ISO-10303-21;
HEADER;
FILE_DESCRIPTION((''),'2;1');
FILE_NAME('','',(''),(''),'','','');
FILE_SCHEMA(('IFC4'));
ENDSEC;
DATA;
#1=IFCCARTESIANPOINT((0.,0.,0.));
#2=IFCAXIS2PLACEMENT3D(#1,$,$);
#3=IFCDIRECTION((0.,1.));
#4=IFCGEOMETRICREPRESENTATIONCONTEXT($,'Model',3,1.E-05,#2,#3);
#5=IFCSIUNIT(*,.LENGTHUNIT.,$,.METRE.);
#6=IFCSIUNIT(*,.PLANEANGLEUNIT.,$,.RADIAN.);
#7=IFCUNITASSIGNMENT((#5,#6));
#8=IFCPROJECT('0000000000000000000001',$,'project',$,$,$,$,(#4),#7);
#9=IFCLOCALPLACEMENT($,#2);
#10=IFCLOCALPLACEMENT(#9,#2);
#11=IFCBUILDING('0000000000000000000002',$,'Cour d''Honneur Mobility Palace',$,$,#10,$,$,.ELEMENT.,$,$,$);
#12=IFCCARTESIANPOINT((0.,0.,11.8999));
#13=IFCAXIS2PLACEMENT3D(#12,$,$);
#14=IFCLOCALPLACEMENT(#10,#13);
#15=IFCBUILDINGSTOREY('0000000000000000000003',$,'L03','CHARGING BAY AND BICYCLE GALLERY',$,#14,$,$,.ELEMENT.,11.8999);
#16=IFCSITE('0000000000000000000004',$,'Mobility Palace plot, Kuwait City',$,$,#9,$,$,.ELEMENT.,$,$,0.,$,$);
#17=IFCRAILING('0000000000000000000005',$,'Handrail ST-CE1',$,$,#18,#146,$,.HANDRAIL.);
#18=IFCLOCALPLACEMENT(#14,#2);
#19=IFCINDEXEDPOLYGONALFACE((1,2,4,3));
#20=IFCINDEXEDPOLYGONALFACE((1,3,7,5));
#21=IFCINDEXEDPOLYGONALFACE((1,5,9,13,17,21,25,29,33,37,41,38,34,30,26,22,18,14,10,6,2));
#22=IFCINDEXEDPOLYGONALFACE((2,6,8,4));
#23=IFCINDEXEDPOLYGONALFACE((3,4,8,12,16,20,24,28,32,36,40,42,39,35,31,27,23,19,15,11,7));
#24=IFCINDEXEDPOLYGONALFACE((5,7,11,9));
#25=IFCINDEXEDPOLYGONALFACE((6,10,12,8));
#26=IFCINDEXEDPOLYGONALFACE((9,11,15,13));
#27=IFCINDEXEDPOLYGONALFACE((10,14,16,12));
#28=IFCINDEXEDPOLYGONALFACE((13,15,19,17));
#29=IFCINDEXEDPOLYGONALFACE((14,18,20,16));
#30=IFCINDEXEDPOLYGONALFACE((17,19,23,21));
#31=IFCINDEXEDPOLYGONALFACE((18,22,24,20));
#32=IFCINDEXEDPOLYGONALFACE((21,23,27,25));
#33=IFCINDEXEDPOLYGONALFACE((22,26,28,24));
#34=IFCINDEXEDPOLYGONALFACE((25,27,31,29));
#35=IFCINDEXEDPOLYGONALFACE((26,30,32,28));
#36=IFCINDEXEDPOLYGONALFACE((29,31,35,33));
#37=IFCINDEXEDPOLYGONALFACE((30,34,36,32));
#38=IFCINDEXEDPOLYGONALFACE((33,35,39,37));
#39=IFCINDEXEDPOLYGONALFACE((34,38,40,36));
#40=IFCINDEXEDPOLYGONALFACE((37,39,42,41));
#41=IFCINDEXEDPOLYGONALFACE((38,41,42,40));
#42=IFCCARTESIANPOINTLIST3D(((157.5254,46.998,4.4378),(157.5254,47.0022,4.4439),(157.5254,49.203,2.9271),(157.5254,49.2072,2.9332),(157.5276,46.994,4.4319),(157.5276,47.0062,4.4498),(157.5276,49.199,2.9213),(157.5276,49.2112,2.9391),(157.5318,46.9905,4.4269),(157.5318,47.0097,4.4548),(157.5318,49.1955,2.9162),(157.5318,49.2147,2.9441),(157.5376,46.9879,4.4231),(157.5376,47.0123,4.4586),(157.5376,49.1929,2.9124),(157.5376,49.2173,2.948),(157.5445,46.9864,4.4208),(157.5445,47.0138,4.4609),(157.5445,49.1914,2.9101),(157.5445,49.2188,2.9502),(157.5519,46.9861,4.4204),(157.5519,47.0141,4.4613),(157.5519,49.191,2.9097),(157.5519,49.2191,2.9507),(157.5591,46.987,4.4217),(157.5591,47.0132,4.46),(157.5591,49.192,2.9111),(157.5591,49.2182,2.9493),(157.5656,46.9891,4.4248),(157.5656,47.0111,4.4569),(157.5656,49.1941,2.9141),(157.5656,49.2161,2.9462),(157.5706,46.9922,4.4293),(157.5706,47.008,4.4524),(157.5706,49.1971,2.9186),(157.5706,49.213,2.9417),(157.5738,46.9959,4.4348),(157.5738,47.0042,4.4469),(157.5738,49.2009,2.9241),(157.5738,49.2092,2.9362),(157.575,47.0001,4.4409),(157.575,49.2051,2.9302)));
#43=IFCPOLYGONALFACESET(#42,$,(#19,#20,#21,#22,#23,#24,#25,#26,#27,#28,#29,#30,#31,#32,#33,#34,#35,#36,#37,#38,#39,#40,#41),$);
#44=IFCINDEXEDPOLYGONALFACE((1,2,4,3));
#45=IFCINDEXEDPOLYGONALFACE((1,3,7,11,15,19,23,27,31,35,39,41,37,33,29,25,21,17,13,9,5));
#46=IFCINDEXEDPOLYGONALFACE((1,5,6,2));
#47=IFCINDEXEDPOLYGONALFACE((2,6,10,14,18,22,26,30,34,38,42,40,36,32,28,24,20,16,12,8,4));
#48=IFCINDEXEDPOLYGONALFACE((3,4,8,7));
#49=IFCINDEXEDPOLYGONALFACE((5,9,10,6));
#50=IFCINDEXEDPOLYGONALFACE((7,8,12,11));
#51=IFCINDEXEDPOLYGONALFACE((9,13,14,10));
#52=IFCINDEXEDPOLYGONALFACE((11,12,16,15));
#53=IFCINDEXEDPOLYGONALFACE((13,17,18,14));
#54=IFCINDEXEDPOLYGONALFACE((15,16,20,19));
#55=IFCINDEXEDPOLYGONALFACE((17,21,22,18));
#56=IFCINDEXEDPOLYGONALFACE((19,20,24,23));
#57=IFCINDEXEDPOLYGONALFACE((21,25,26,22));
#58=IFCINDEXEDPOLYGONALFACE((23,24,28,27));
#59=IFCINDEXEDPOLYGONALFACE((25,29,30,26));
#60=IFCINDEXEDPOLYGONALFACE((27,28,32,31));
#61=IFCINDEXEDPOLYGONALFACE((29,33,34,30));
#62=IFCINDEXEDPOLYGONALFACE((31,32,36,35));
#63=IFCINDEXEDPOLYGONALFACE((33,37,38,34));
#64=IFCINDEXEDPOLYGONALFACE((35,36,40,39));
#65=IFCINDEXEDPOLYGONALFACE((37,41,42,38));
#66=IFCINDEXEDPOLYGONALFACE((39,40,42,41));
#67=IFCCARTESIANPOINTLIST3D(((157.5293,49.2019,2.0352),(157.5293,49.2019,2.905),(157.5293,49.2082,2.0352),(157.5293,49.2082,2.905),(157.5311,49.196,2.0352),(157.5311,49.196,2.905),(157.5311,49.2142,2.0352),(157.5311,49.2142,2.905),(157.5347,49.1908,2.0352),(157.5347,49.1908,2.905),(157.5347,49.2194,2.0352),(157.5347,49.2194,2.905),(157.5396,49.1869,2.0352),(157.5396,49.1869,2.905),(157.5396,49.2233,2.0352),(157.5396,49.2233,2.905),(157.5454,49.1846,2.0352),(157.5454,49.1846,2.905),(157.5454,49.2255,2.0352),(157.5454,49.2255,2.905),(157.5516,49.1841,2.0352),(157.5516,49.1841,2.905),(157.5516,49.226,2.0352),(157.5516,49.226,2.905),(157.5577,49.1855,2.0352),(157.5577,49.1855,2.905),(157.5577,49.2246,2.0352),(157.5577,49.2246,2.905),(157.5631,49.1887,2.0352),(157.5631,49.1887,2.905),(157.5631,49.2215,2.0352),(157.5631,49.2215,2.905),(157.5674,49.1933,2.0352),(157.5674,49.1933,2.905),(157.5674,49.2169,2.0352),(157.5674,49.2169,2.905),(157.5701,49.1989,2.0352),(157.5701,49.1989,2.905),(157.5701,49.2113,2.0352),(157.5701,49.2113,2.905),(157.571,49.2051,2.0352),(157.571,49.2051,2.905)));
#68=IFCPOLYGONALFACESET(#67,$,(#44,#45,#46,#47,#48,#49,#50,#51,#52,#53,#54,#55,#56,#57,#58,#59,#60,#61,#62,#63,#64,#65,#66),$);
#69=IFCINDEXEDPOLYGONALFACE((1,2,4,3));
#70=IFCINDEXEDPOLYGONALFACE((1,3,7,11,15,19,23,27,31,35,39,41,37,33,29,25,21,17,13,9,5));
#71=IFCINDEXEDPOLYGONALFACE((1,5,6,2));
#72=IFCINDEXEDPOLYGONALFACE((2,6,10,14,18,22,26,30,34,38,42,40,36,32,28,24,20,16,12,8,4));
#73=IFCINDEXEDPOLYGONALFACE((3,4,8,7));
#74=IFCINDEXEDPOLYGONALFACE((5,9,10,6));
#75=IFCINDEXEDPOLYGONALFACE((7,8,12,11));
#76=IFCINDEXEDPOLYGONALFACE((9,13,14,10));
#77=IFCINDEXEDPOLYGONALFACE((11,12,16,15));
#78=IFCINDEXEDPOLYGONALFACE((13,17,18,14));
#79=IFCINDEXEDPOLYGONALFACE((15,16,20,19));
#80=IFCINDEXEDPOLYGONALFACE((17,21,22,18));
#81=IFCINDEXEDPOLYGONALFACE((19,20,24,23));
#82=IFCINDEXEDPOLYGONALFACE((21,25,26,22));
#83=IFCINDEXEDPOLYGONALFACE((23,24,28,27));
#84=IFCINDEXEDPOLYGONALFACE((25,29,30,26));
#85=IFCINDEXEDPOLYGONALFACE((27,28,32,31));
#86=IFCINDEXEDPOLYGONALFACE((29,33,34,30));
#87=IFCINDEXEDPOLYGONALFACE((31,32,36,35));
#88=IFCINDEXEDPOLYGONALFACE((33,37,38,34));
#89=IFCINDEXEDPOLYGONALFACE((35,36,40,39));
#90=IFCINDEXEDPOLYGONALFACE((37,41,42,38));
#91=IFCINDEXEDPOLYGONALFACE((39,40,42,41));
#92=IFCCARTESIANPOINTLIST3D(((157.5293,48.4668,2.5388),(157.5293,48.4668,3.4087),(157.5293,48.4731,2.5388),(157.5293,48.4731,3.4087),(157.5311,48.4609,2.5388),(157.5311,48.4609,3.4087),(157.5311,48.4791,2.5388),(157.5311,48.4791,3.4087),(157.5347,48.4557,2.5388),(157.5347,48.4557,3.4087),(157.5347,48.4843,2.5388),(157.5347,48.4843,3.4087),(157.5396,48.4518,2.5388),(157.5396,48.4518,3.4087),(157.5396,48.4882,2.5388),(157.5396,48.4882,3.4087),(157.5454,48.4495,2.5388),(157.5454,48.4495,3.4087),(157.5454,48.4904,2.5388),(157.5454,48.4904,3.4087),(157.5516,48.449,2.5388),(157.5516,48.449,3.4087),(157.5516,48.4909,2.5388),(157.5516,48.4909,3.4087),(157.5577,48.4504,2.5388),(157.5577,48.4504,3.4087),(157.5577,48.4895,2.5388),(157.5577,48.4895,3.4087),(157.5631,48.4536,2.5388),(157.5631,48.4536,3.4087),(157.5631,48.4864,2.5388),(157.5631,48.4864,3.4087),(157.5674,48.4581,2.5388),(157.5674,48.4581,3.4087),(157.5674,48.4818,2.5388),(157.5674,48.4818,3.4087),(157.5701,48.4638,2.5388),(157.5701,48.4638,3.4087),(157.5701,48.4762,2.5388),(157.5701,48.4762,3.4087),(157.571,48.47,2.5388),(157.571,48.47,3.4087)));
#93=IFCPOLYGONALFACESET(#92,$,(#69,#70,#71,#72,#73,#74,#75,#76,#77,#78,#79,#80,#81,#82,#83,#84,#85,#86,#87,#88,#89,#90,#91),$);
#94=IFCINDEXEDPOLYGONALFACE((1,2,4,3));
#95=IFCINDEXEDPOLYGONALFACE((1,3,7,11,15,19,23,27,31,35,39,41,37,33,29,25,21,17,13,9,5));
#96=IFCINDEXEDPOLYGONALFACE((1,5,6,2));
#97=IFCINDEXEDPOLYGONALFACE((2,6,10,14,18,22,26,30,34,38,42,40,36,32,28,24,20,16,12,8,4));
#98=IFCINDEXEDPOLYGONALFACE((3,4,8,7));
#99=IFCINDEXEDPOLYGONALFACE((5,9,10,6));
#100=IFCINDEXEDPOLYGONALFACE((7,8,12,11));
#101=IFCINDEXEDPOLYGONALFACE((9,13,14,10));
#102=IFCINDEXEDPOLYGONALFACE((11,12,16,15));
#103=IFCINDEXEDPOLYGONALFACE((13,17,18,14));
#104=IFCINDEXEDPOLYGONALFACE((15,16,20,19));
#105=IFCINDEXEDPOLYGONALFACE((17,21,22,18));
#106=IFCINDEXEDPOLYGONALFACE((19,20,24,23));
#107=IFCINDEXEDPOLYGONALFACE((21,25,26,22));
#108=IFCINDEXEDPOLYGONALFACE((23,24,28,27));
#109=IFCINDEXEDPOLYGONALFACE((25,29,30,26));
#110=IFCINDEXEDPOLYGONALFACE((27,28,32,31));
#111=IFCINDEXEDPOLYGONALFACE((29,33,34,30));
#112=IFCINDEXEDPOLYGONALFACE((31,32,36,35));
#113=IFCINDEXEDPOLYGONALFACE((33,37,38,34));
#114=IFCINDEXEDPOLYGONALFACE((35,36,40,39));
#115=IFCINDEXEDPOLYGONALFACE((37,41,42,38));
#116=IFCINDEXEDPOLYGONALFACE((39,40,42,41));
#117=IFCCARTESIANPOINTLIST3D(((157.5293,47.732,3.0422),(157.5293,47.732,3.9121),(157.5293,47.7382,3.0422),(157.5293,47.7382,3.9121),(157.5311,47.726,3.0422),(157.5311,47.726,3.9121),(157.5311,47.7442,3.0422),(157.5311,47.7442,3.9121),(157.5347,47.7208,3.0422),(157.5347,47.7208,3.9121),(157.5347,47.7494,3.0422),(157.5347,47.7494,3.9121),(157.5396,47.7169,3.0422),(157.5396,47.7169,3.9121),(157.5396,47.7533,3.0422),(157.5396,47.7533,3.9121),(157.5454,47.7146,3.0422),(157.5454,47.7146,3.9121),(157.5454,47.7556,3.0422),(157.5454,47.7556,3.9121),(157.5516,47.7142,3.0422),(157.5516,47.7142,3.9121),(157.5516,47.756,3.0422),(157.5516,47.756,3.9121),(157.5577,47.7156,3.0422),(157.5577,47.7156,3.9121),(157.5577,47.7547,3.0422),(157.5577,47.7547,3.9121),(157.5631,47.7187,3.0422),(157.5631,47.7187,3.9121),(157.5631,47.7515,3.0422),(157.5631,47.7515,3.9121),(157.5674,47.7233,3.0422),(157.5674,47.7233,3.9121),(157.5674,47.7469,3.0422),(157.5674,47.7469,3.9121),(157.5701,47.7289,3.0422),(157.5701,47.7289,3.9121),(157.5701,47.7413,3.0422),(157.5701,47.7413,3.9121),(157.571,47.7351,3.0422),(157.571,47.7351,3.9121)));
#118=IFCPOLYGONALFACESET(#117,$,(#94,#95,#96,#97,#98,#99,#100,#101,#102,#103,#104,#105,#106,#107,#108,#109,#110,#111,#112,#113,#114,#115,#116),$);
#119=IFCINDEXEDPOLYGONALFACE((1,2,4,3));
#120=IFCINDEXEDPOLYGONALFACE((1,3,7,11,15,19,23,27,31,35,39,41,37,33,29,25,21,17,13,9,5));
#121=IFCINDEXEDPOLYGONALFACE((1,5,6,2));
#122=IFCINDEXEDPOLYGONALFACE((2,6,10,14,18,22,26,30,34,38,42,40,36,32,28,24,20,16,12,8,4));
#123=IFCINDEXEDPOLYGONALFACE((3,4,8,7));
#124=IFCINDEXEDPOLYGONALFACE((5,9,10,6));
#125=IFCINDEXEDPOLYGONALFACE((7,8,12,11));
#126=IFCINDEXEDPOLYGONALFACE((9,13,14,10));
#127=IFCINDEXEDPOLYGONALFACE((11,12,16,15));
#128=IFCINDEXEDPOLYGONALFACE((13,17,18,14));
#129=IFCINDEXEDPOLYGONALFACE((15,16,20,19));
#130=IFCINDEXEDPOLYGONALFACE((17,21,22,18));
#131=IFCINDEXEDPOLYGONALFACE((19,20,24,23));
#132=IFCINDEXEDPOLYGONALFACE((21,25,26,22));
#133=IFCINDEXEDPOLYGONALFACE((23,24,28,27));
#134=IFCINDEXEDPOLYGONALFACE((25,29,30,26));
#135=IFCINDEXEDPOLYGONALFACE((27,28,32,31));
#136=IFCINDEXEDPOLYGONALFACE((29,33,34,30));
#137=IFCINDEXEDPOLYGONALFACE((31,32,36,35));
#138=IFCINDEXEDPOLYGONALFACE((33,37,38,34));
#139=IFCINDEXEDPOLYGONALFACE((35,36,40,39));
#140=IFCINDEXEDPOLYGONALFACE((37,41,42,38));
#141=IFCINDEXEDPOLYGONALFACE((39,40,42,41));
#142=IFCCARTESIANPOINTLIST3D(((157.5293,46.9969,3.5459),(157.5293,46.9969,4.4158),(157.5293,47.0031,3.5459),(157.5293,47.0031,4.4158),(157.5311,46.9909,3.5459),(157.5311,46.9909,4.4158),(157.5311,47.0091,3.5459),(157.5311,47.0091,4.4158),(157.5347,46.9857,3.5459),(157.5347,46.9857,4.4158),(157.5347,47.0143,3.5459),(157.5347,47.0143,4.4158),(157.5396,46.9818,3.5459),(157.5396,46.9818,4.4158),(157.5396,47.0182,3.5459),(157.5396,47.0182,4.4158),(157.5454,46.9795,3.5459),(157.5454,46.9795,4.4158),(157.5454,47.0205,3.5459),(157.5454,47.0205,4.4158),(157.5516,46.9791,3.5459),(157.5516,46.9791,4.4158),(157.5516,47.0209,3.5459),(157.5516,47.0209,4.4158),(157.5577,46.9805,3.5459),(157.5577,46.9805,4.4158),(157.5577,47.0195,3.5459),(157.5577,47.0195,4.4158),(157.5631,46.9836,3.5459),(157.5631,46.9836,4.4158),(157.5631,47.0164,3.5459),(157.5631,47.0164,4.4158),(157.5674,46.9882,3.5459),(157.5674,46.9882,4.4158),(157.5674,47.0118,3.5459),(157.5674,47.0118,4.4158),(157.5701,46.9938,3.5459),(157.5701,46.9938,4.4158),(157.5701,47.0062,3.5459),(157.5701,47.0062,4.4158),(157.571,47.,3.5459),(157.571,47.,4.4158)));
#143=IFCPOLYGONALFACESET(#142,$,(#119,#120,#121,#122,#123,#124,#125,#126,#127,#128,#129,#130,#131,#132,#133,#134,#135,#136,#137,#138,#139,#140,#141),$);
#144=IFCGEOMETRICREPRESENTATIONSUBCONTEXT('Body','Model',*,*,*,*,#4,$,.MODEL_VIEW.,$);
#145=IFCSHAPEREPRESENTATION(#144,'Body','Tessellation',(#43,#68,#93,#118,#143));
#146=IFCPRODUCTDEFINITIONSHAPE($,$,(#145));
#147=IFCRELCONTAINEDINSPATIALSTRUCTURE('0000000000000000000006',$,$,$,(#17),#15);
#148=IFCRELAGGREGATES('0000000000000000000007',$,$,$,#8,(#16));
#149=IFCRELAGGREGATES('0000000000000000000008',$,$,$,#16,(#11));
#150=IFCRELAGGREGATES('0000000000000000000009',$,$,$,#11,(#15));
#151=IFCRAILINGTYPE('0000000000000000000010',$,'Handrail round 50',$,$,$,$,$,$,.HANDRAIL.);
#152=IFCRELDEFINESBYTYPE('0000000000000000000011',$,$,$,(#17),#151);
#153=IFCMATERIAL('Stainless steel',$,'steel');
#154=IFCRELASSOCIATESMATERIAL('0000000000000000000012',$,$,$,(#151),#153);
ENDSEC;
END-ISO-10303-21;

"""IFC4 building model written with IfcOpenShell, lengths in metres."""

from ifc_helpers import new_model, si_unit, direction, frame, origin, origin_2d, place, context, subcontext, project, spatial, circle, extrude, material, type_object, element, save


model = new_model("IFC4")

# Units and contexts
model_context = context("Model", 3, precision=1e-05, world=origin(), true_north=direction((0.0, 1.0)))
body_context = subcontext(model_context, "Body", "Model", "MODEL_VIEW")
ifc_project = project(units=[si_unit("LENGTHUNIT", "METRE"), si_unit("PLANEANGLEUNIT", "RADIAN")], contexts=[model_context])

# Site, building, storey
site_placement = place(None, origin())
site = spatial("IfcSite", under=ifc_project, at=site_placement, Name="Mobility Palace plot, Kuwait City", CompositionType="ELEMENT", RefElevation=0.0)
building_placement = place(site_placement, origin())
building = spatial("IfcBuilding", under=site, at=building_placement, Name="Cour d'Honneur Mobility Palace", CompositionType="ELEMENT")
storey_placement = place(building_placement, frame((0.0, 0.0, 11.8999)))
storey = spatial("IfcBuildingStorey", under=building, at=storey_placement, Name="L03", Description="CHARGING BAY AND BICYCLE GALLERY", CompositionType="ELEMENT", Elevation=11.8999)

# Railing
ifc_material_1 = material(Name="Stainless steel", Category="steel")
railing_type_1 = type_object("IfcRailingType", Name="Handrail round 50", PredefinedType="HANDRAIL", material=ifc_material_1)
railing_1_placement = place(storey_placement, frame((157.55, 49.2051, 2.0352)))
element("IfcRailing", 1, at=railing_1_placement, inside=storey, type_object=railing_type_1, Name="Handrail ST-CE1", PredefinedType="HANDRAIL", context=body_context, shape_type="SweptSolid", body=[
    extrude(circle(Radius=0.0249, at=origin_2d()), frame((0.0, 0.0, 0.895), z_axis=(0.0, -0.824958, 0.565195), x_axis=(1.0, 0.0, 0.0)), (0.0, 0.0, 1.0), 2.6729),
    extrude(circle(Radius=0.021, at=origin_2d()), origin(), (0.0, 0.0, 1.0), 0.8699),
    extrude(circle(Radius=0.021, at=origin_2d()), frame((0.0, -0.7351, 0.5037)), (0.0, 0.0, 1.0), 0.8699),
    extrude(circle(Radius=0.021, at=origin_2d()), frame((0.0, -1.47, 1.0071)), (0.0, 0.0, 1.0), 0.8699),
    extrude(circle(Radius=0.021, at=origin_2d()), frame((0.0, -2.2051, 1.5107)), (0.0, 0.0, 1.0), 0.8699),
])

save(model, "model.ifc")
